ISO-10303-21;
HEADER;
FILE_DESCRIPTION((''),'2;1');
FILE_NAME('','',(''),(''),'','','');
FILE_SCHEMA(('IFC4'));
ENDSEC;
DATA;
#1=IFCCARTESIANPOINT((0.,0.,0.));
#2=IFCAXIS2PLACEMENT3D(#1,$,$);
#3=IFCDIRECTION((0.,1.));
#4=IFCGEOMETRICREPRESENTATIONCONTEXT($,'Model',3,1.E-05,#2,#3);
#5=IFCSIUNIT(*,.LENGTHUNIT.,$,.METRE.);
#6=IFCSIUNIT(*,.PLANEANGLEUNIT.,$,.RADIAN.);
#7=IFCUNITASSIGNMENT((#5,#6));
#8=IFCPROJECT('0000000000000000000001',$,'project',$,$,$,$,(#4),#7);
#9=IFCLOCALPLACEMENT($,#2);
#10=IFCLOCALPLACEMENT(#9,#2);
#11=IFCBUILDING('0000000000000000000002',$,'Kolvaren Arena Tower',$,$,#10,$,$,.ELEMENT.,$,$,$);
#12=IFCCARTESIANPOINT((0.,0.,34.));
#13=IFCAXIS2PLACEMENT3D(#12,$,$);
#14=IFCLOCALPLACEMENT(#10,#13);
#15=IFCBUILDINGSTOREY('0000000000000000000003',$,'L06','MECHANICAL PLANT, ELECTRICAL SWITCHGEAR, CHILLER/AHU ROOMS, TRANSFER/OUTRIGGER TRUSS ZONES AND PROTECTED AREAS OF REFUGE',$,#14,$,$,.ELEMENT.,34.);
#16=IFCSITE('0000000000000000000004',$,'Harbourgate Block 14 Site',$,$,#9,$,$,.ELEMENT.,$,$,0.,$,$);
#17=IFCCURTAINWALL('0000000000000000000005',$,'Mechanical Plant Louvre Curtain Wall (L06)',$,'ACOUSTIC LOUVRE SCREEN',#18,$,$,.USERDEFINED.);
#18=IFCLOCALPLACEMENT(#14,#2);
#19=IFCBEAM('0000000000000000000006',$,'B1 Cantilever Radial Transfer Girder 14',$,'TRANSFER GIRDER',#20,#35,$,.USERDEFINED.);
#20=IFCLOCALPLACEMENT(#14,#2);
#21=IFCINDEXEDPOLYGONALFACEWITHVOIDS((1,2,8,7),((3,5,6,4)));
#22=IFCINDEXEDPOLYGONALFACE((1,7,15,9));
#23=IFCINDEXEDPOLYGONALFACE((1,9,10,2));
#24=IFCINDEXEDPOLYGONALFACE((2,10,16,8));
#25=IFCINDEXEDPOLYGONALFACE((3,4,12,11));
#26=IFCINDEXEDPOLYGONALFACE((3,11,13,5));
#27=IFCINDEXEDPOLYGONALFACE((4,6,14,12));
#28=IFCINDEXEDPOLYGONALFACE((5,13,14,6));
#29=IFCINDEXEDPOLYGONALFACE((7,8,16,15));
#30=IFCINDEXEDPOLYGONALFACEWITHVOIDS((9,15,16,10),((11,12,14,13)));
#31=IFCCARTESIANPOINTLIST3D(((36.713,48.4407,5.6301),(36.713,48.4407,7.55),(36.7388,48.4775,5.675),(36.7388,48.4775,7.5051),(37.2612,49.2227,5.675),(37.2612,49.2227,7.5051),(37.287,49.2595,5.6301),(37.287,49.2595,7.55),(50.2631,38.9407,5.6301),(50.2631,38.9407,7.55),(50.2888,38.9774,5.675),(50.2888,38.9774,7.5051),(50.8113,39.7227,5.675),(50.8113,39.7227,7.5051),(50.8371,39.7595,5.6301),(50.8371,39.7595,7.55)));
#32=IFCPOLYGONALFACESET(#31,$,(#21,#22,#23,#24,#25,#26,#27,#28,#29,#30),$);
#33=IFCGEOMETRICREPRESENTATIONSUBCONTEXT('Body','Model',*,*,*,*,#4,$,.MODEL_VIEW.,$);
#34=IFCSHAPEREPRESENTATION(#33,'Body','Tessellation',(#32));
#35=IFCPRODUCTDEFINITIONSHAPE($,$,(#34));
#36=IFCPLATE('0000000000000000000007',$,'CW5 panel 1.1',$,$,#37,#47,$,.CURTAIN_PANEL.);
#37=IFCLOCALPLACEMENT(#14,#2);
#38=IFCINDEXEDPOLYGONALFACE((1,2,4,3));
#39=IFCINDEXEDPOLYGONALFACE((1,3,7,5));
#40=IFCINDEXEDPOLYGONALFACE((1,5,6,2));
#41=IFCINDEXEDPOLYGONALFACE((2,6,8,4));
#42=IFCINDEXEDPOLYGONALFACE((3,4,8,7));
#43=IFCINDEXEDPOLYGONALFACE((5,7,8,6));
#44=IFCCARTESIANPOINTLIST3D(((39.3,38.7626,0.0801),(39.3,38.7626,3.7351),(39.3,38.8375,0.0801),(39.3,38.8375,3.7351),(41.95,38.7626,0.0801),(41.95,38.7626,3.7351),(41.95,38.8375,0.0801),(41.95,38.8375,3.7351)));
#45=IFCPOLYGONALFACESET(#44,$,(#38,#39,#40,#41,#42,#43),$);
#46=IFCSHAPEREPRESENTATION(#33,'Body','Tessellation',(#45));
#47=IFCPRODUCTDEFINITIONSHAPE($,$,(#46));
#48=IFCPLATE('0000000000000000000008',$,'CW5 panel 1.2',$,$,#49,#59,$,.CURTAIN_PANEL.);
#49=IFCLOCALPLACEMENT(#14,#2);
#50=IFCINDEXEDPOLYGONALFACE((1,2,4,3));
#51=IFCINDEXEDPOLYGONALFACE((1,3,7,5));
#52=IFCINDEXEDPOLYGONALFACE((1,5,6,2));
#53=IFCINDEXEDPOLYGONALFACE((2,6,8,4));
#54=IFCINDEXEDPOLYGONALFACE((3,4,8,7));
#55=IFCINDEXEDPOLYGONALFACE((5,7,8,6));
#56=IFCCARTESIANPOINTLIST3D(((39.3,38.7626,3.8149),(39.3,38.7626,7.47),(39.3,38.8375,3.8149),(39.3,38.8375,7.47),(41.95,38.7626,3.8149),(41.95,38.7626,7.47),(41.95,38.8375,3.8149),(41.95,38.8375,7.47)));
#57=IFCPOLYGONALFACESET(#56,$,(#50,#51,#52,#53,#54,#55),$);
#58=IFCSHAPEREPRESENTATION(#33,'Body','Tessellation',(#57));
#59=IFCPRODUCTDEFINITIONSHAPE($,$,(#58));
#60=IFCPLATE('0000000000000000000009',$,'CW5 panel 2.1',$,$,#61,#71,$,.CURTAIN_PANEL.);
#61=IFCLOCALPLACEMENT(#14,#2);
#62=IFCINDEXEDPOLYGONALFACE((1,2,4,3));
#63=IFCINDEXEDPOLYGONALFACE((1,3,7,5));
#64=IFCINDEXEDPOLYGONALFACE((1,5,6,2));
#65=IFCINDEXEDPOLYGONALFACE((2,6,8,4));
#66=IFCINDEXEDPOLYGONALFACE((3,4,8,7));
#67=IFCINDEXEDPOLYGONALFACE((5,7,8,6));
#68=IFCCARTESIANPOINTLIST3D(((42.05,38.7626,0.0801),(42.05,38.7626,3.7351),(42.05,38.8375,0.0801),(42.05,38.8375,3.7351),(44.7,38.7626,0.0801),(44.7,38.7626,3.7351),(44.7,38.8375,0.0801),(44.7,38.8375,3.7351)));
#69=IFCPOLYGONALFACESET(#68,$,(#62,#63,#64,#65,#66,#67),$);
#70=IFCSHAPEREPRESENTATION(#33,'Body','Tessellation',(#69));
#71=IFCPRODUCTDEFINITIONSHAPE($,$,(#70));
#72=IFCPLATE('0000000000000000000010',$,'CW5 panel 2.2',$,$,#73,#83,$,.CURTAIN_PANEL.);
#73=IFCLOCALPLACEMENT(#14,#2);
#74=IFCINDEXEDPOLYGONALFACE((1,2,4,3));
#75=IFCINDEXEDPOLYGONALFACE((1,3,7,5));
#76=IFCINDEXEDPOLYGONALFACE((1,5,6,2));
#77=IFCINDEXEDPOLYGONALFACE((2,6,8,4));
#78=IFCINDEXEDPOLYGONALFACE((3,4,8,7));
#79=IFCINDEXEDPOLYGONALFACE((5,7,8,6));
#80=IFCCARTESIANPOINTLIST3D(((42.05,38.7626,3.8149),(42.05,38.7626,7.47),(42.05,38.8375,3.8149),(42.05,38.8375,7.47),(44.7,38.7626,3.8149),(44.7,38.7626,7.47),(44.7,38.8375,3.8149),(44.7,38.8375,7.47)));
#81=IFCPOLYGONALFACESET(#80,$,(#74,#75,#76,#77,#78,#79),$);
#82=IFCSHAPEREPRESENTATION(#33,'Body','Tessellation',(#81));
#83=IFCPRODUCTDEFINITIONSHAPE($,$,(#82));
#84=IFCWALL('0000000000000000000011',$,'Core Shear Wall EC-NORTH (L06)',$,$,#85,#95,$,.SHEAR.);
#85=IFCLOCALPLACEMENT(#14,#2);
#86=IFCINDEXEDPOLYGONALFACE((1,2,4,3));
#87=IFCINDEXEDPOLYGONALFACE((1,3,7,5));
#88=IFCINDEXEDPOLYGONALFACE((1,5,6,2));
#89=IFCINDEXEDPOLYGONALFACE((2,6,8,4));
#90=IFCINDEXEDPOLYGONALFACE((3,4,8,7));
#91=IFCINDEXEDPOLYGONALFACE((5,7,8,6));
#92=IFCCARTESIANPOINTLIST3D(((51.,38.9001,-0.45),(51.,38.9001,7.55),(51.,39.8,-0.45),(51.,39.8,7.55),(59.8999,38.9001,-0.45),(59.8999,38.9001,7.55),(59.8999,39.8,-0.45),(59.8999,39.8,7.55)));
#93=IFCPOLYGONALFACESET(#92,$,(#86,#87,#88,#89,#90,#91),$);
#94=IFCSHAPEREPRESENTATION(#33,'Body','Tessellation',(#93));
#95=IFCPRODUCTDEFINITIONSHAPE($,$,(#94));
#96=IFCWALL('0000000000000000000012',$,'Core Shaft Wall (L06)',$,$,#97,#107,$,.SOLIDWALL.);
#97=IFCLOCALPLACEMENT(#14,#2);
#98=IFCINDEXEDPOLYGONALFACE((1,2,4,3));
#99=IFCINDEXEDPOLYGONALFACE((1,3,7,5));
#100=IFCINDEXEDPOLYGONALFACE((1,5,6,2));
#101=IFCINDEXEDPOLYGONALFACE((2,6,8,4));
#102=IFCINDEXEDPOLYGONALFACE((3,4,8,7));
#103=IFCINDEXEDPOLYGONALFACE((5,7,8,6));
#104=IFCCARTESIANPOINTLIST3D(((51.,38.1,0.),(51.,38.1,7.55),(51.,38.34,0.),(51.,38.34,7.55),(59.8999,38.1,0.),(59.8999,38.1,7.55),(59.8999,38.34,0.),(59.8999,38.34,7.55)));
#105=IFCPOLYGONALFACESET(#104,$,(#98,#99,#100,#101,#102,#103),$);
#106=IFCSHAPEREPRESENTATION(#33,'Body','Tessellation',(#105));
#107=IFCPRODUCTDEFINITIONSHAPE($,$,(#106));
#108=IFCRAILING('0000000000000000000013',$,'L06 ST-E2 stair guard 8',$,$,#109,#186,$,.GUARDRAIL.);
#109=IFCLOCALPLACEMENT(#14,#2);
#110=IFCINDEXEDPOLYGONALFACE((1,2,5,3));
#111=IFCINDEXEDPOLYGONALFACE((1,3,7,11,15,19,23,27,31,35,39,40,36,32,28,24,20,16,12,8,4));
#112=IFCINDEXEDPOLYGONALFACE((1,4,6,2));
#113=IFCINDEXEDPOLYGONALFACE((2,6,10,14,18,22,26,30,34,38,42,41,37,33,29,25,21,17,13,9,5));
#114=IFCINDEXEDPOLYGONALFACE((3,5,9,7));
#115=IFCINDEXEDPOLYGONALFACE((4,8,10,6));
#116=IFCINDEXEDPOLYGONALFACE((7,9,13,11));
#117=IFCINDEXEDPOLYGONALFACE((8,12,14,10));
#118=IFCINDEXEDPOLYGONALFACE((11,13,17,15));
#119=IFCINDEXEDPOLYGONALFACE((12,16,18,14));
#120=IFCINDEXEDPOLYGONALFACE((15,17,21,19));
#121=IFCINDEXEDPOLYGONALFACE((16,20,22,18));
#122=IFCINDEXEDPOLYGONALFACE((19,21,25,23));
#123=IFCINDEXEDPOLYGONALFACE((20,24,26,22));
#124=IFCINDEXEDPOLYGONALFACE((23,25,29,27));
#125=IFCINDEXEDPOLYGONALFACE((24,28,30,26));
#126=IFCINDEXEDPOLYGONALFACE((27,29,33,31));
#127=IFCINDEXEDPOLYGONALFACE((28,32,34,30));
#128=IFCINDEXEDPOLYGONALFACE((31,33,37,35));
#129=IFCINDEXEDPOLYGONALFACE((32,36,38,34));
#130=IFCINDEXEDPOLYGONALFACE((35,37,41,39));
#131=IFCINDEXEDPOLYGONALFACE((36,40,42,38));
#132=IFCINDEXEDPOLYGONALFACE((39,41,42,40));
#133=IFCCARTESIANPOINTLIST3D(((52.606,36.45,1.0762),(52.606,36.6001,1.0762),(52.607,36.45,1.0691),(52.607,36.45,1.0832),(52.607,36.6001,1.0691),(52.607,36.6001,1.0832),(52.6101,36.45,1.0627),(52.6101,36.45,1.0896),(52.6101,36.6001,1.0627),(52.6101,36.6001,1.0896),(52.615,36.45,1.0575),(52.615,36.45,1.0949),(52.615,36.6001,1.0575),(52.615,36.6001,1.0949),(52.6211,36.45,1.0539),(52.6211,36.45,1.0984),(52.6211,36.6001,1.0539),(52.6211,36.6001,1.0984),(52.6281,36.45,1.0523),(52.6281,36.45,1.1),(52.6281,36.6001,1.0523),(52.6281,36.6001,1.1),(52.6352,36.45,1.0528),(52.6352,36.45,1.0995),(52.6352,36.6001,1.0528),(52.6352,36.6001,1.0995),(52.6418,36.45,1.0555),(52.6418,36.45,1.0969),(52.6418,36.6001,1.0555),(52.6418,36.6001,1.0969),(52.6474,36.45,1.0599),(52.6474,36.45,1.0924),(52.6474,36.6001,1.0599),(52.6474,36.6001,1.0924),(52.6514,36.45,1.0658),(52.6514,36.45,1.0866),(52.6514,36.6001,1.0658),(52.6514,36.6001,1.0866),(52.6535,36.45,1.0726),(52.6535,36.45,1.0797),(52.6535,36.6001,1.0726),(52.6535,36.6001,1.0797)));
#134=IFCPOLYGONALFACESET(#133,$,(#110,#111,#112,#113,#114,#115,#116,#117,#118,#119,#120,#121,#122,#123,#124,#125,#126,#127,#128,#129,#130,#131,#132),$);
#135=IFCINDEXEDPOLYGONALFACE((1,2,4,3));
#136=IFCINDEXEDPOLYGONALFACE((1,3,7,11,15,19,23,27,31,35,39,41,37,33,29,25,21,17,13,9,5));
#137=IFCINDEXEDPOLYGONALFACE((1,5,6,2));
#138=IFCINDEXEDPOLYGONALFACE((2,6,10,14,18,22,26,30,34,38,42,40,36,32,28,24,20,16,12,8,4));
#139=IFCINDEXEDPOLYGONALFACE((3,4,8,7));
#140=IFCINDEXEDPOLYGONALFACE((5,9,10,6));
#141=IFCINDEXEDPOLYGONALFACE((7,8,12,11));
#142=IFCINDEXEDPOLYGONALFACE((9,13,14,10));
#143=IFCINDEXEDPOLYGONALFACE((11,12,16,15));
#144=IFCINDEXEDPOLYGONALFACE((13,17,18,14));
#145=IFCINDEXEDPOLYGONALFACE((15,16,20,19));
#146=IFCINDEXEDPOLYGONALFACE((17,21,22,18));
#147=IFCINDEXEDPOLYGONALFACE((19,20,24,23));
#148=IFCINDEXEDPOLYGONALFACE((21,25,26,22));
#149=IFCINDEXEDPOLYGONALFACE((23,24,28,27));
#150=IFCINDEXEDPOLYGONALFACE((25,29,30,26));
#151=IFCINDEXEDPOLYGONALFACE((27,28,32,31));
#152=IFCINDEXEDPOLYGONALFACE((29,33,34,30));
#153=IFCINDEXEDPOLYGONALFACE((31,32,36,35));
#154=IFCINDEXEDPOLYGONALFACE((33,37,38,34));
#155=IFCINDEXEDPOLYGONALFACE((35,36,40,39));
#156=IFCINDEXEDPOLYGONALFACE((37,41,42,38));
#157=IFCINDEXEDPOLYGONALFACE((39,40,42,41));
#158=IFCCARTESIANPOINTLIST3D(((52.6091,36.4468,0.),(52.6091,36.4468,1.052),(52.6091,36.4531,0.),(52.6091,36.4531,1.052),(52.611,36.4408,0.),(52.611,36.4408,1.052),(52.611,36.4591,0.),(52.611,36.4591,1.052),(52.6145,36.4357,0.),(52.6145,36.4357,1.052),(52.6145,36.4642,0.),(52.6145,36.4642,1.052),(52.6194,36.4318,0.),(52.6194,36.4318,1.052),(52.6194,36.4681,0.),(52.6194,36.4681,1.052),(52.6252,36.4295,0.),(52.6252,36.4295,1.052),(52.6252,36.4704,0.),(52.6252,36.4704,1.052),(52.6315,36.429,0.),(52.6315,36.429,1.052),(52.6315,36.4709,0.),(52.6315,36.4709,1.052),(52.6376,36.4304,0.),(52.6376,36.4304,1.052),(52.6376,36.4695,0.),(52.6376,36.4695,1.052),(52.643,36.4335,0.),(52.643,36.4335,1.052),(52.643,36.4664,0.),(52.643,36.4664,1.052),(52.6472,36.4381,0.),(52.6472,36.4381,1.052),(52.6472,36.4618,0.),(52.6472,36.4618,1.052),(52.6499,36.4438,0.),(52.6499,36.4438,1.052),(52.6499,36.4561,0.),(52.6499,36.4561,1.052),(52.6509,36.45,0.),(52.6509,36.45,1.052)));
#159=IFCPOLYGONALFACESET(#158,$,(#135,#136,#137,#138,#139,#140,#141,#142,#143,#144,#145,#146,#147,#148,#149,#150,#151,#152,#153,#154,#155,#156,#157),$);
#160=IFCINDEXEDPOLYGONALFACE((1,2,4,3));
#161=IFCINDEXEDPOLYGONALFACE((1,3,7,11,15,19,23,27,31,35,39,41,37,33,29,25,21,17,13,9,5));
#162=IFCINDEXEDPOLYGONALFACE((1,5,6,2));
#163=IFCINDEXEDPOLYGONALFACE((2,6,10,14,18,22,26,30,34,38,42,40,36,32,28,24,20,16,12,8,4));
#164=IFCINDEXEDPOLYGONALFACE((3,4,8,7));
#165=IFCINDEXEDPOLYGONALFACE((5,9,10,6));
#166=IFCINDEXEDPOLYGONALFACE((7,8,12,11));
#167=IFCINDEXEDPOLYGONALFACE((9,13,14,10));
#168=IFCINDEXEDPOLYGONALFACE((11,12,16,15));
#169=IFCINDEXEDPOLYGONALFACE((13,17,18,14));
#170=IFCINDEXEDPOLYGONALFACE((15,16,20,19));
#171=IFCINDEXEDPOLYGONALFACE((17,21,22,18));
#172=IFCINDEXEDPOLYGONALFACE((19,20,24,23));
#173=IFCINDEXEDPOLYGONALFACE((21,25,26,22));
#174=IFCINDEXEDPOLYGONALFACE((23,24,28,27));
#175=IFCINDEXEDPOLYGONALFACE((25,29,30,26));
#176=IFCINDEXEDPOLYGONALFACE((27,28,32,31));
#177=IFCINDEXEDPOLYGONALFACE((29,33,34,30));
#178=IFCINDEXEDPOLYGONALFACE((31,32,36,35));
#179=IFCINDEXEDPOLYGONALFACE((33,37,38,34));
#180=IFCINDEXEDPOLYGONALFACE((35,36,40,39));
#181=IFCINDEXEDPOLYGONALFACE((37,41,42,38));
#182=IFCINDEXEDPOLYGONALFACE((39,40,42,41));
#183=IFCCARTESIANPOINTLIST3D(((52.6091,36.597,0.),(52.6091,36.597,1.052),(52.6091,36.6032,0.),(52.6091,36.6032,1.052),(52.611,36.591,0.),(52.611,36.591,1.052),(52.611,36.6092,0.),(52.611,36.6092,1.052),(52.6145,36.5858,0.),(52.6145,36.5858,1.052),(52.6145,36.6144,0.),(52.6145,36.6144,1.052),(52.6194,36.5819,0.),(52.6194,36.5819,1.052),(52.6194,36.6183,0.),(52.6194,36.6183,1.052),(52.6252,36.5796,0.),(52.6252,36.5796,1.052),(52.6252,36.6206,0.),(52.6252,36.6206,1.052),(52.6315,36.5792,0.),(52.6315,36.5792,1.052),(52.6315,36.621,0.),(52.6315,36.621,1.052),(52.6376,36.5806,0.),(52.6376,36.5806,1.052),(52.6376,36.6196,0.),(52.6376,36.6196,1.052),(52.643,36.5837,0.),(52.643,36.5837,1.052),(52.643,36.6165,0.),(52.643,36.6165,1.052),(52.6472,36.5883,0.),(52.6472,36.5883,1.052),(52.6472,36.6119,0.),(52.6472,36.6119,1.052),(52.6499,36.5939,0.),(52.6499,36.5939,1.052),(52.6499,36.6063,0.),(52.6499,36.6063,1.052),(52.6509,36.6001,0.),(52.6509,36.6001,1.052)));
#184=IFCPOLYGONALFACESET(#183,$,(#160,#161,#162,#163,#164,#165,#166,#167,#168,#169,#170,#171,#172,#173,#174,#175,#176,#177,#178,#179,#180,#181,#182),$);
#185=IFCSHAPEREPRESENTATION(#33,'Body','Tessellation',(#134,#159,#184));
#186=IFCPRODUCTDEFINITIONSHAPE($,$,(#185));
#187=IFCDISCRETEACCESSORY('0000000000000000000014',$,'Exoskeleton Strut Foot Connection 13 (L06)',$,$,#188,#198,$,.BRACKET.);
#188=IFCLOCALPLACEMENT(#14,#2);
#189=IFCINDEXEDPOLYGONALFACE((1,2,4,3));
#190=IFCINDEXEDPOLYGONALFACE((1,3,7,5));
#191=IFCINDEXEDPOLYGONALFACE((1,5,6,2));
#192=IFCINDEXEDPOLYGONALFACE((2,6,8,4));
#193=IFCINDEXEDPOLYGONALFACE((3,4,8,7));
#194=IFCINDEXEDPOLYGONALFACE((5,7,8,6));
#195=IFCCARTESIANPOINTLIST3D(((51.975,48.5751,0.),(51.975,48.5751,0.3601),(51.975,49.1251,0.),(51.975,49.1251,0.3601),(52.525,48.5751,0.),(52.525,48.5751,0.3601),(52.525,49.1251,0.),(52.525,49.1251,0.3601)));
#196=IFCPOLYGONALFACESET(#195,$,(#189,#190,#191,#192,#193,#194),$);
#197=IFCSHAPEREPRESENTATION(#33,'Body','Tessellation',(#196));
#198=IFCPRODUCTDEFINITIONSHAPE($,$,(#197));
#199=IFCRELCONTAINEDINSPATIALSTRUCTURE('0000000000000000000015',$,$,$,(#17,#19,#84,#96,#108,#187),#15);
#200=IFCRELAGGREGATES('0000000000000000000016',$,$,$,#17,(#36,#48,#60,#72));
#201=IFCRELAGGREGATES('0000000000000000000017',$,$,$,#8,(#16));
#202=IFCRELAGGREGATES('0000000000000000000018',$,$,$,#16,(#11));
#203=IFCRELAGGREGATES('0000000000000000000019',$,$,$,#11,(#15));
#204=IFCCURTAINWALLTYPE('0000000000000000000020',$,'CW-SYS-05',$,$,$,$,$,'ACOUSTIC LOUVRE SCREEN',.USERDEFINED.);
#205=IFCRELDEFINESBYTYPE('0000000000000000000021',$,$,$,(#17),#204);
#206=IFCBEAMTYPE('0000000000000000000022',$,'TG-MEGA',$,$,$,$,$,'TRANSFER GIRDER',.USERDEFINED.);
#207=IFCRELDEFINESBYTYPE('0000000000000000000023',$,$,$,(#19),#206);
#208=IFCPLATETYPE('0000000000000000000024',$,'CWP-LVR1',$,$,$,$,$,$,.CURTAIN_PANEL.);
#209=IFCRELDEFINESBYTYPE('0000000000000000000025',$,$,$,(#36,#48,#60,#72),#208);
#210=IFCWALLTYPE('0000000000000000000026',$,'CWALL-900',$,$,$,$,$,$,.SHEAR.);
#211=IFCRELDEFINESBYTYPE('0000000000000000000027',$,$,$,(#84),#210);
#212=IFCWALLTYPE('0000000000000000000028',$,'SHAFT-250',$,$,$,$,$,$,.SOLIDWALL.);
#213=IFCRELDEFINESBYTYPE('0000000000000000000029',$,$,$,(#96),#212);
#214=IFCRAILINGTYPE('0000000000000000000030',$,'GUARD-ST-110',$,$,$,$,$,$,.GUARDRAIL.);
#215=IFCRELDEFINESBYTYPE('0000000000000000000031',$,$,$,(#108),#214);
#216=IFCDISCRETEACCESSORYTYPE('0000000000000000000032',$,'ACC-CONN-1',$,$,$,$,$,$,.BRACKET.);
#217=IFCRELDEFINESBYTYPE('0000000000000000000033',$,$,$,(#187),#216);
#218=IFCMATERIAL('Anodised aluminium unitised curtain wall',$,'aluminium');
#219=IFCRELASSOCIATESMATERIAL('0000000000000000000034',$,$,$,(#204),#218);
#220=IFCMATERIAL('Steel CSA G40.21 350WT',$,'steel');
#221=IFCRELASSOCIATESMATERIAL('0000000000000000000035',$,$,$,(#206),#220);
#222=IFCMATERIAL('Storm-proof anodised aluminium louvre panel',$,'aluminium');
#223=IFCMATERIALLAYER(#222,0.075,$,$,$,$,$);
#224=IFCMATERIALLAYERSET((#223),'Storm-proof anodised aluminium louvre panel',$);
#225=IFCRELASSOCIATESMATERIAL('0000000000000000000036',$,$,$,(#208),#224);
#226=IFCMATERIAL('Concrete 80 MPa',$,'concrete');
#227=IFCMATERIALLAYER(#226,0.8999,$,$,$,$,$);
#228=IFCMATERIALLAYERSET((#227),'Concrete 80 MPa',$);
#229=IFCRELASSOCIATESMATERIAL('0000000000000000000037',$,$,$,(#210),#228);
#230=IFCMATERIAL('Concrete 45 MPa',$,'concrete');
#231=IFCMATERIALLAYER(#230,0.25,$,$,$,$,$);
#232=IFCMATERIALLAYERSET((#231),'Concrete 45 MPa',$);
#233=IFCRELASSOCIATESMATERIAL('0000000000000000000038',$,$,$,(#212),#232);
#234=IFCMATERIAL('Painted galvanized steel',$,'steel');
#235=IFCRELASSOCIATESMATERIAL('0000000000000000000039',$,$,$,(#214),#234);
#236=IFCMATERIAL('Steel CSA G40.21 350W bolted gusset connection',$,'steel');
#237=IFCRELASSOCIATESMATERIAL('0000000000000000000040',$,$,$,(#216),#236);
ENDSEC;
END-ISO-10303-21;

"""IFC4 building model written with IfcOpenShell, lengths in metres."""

from ifc_helpers import new_model, si_unit, direction, frame, frame_2d, origin, origin_2d, place, context, subcontext, project, spatial, rectangle, hollow_rectangle, circle, extrude, material, layer, layer_set, material_profile, profile_set, type_object, element, aggregate, save


model = new_model("IFC4")

# Units and contexts
model_context = context("Model", 3, precision=1e-05, world=origin(), true_north=direction((0.0, 1.0)))
body_context = subcontext(model_context, "Body", "Model", "MODEL_VIEW")
ifc_project = project(units=[si_unit("LENGTHUNIT", "METRE"), si_unit("PLANEANGLEUNIT", "RADIAN")], contexts=[model_context])

# Site, building, storey
site_placement = place(None, origin())
site = spatial("IfcSite", under=ifc_project, at=site_placement, Name="Harbourgate Block 14 Site", CompositionType="ELEMENT", RefElevation=0.0)
building_placement = place(site_placement, origin())
building = spatial("IfcBuilding", under=site, at=building_placement, Name="Kolvaren Arena Tower", CompositionType="ELEMENT")
storey_placement = place(building_placement, frame((0.0, 0.0, 34.0)))
storey = spatial("IfcBuildingStorey", under=building, at=storey_placement, Name="L06", Description="MECHANICAL PLANT, ELECTRICAL SWITCHGEAR, CHILLER/AHU ROOMS, TRANSFER/OUTRIGGER TRUSS ZONES AND PROTECTED AREAS OF REFUGE", CompositionType="ELEMENT", Elevation=34.0)

# Shared definitions
ifc_material_1 = material(Name="Concrete 80 MPa", Category="concrete")

# Curtain wall
ifc_material_2 = material(Name="Anodised aluminium unitised curtain wall", Category="aluminium")
curtain_wall_type = type_object("IfcCurtainWallType", Name="CW-SYS-05", ElementType="ACOUSTIC LOUVRE SCREEN", PredefinedType="USERDEFINED", material=ifc_material_2)
curtain_wall_placement = place(storey_placement, origin())
curtain_wall = element("IfcCurtainWall", 1, at=curtain_wall_placement, inside=storey, type_object=curtain_wall_type, Name="Mechanical Plant Louvre Curtain Wall (L06)", ObjectType="ACOUSTIC LOUVRE SCREEN", PredefinedType="USERDEFINED")

# Shared definitions
ifc_material_3 = material(Name="Steel CSA G40.21 350WT", Category="steel")

# Beam
ifc_material_profile_1 = material_profile(ifc_material_3, hollow_rectangle(XDim=1.0, YDim=1.9199, WallThickness=0.0449, at=origin_2d()), Name="BOX 1000x1920x45")
ifc_profile_set_1 = profile_set([ifc_material_profile_1], Name="Steel CSA G40.21 350WT")
beam_type_1 = type_object("IfcBeamType", Name="TG-MEGA", ElementType="TRANSFER GIRDER", PredefinedType="USERDEFINED", material=ifc_profile_set_1)
beam_1_placement = place(storey_placement, frame((37.0, 48.8501, 6.5901), z_axis=(0.818807, -0.574069, 0.0), x_axis=(0.574069, 0.818807, 0.0)))
element("IfcBeam", 2, at=beam_1_placement, inside=storey, type_object=beam_type_1, Name="B1 Cantilever Radial Transfer Girder 14", ObjectType="TRANSFER GIRDER", PredefinedType="USERDEFINED", context=body_context, shape_type="SweptSolid", body=[
    extrude(hollow_rectangle(XDim=1.0, YDim=1.9199, WallThickness=0.0449, at=origin_2d()), origin(), (0.0, 0.0, 1.0), 16.5486),
])

# Plates
ifc_material_4 = material(Name="Storm-proof anodised aluminium louvre panel", Category="aluminium")
ifc_layer_1 = layer(ifc_material_4, 0.075)
ifc_layer_set_1 = layer_set([ifc_layer_1], Name="Storm-proof anodised aluminium louvre panel")
plate_type = type_object("IfcPlateType", Name="CWP-LVR1", PredefinedType="CURTAIN_PANEL", material=ifc_layer_set_1)
plate_1_placement = place(storey_placement, frame((40.625, 38.8, 0.0801), z_axis=(0.0, 0.0, 1.0), x_axis=(1.0, 0.0, 0.0)))
plate_1 = element("IfcPlate", 3, at=plate_1_placement, type_object=plate_type, Name="CW5 panel 1.1", PredefinedType="CURTAIN_PANEL", context=body_context, shape_type="SweptSolid", body=[
    extrude(rectangle(XDim=2.6499, YDim=0.075, at=origin_2d()), origin(), (0.0, 0.0, 1.0), 3.655),
])
plate_2_placement = place(storey_placement, frame((40.625, 38.8, 3.8149), z_axis=(0.0, 0.0, 1.0), x_axis=(1.0, 0.0, 0.0)))
plate_2 = element("IfcPlate", 4, at=plate_2_placement, type_object=plate_type, Name="CW5 panel 1.2", PredefinedType="CURTAIN_PANEL", context=body_context, shape_type="SweptSolid", body=[
    extrude(rectangle(XDim=2.6499, YDim=0.075, at=origin_2d()), origin(), (0.0, 0.0, 1.0), 3.655),
])
plate_3_placement = place(storey_placement, frame((43.375, 38.8, 0.0801), z_axis=(0.0, 0.0, 1.0), x_axis=(1.0, 0.0, 0.0)))
plate_3 = element("IfcPlate", 5, at=plate_3_placement, type_object=plate_type, Name="CW5 panel 2.1", PredefinedType="CURTAIN_PANEL", context=body_context, shape_type="SweptSolid", body=[
    extrude(rectangle(XDim=2.6499, YDim=0.075, at=origin_2d()), origin(), (0.0, 0.0, 1.0), 3.655),
])
plate_4_placement = place(storey_placement, frame((43.375, 38.8, 3.8149), z_axis=(0.0, 0.0, 1.0), x_axis=(1.0, 0.0, 0.0)))
plate_4 = element("IfcPlate", 6, at=plate_4_placement, type_object=plate_type, Name="CW5 panel 2.2", PredefinedType="CURTAIN_PANEL", context=body_context, shape_type="SweptSolid", body=[
    extrude(rectangle(XDim=2.6499, YDim=0.075, at=origin_2d()), origin(), (0.0, 0.0, 1.0), 3.655),
])
aggregate(curtain_wall, [plate_1, plate_2, plate_3, plate_4])

# Walls
ifc_layer_2 = layer(ifc_material_1, 0.8999)
ifc_layer_set_2 = layer_set([ifc_layer_2], Name="Concrete 80 MPa")
wall_type_1 = type_object("IfcWallType", Name="CWALL-900", PredefinedType="SHEAR", material=ifc_layer_set_2)
wall_1_placement = place(storey_placement, frame((51.0, 39.3501, -0.45), z_axis=(0.0, 0.0, 1.0), x_axis=(1.0, 0.0, 0.0)))
element("IfcWall", 7, at=wall_1_placement, inside=storey, type_object=wall_type_1, Name="Core Shear Wall EC-NORTH (L06)", PredefinedType="SHEAR", context=body_context, shape_type="SweptSolid", body=[
    extrude(rectangle(XDim=8.8999, YDim=0.8999, at=frame_2d((4.45, 0.0))), origin(), (0.0, 0.0, 1.0), 8.0),
])
ifc_material_5 = material(Name="Concrete 45 MPa", Category="concrete")
ifc_layer_3 = layer(ifc_material_5, 0.25)
ifc_layer_set_3 = layer_set([ifc_layer_3], Name="Concrete 45 MPa")
wall_type_2 = type_object("IfcWallType", Name="SHAFT-250", PredefinedType="SOLIDWALL", material=ifc_layer_set_3)
wall_2_placement = place(storey_placement, frame((51.0, 38.22, 0.0), z_axis=(0.0, 0.0, 1.0), x_axis=(1.0, 0.0, 0.0)))
element("IfcWall", 8, at=wall_2_placement, inside=storey, type_object=wall_type_2, Name="Core Shaft Wall (L06)", PredefinedType="SOLIDWALL", context=body_context, shape_type="SweptSolid", body=[
    extrude(rectangle(XDim=8.8999, YDim=0.24, at=frame_2d((4.45, 0.0))), origin(), (0.0, 0.0, 1.0), 7.55),
])

# Railing
ifc_material_6 = material(Name="Painted galvanized steel", Category="steel")
railing_type = type_object("IfcRailingType", Name="GUARD-ST-110", PredefinedType="GUARDRAIL", material=ifc_material_6)
railing_placement = place(storey_placement, frame((52.6299, 36.45, 0.0)))
element("IfcRailing", 9, at=railing_placement, inside=storey, type_object=railing_type, Name="L06 ST-E2 stair guard 8", PredefinedType="GUARDRAIL", context=body_context, shape_type="SweptSolid", body=[
    extrude(circle(Radius=0.0239, at=origin_2d()), frame((0.0, 0.0, 1.0762), z_axis=(0.0, 1.0, 0.0), x_axis=(-1.0, 0.0, 0.0)), (0.0, 0.0, 1.0), 0.1501),
    extrude(circle(Radius=0.021, at=origin_2d()), origin(), (0.0, 0.0, 1.0), 1.052),
    extrude(circle(Radius=0.021, at=origin_2d()), frame((0.0, 0.1501, 0.0)), (0.0, 0.0, 1.0), 1.052),
])

# Discrete accessory
ifc_material_7 = material(Name="Steel CSA G40.21 350W bolted gusset connection", Category="steel")
discrete_accessory_type = type_object("IfcDiscreteAccessoryType", Name="ACC-CONN-1", PredefinedType="BRACKET", material=ifc_material_7)
discrete_accessory_1_placement = place(storey_placement, frame((52.25, 48.8501, 0.0), z_axis=(0.0, 0.0, 1.0), x_axis=(1.0, 0.0, 0.0)))
element("IfcDiscreteAccessory", 10, at=discrete_accessory_1_placement, inside=storey, type_object=discrete_accessory_type, Name="Exoskeleton Strut Foot Connection 13 (L06)", PredefinedType="BRACKET", context=body_context, shape_type="SweptSolid", body=[
    extrude(rectangle(XDim=0.55, YDim=0.55, at=origin_2d()), origin(), (0.0, 0.0, 1.0), 0.3601),
])

save(model, "model.ifc")
